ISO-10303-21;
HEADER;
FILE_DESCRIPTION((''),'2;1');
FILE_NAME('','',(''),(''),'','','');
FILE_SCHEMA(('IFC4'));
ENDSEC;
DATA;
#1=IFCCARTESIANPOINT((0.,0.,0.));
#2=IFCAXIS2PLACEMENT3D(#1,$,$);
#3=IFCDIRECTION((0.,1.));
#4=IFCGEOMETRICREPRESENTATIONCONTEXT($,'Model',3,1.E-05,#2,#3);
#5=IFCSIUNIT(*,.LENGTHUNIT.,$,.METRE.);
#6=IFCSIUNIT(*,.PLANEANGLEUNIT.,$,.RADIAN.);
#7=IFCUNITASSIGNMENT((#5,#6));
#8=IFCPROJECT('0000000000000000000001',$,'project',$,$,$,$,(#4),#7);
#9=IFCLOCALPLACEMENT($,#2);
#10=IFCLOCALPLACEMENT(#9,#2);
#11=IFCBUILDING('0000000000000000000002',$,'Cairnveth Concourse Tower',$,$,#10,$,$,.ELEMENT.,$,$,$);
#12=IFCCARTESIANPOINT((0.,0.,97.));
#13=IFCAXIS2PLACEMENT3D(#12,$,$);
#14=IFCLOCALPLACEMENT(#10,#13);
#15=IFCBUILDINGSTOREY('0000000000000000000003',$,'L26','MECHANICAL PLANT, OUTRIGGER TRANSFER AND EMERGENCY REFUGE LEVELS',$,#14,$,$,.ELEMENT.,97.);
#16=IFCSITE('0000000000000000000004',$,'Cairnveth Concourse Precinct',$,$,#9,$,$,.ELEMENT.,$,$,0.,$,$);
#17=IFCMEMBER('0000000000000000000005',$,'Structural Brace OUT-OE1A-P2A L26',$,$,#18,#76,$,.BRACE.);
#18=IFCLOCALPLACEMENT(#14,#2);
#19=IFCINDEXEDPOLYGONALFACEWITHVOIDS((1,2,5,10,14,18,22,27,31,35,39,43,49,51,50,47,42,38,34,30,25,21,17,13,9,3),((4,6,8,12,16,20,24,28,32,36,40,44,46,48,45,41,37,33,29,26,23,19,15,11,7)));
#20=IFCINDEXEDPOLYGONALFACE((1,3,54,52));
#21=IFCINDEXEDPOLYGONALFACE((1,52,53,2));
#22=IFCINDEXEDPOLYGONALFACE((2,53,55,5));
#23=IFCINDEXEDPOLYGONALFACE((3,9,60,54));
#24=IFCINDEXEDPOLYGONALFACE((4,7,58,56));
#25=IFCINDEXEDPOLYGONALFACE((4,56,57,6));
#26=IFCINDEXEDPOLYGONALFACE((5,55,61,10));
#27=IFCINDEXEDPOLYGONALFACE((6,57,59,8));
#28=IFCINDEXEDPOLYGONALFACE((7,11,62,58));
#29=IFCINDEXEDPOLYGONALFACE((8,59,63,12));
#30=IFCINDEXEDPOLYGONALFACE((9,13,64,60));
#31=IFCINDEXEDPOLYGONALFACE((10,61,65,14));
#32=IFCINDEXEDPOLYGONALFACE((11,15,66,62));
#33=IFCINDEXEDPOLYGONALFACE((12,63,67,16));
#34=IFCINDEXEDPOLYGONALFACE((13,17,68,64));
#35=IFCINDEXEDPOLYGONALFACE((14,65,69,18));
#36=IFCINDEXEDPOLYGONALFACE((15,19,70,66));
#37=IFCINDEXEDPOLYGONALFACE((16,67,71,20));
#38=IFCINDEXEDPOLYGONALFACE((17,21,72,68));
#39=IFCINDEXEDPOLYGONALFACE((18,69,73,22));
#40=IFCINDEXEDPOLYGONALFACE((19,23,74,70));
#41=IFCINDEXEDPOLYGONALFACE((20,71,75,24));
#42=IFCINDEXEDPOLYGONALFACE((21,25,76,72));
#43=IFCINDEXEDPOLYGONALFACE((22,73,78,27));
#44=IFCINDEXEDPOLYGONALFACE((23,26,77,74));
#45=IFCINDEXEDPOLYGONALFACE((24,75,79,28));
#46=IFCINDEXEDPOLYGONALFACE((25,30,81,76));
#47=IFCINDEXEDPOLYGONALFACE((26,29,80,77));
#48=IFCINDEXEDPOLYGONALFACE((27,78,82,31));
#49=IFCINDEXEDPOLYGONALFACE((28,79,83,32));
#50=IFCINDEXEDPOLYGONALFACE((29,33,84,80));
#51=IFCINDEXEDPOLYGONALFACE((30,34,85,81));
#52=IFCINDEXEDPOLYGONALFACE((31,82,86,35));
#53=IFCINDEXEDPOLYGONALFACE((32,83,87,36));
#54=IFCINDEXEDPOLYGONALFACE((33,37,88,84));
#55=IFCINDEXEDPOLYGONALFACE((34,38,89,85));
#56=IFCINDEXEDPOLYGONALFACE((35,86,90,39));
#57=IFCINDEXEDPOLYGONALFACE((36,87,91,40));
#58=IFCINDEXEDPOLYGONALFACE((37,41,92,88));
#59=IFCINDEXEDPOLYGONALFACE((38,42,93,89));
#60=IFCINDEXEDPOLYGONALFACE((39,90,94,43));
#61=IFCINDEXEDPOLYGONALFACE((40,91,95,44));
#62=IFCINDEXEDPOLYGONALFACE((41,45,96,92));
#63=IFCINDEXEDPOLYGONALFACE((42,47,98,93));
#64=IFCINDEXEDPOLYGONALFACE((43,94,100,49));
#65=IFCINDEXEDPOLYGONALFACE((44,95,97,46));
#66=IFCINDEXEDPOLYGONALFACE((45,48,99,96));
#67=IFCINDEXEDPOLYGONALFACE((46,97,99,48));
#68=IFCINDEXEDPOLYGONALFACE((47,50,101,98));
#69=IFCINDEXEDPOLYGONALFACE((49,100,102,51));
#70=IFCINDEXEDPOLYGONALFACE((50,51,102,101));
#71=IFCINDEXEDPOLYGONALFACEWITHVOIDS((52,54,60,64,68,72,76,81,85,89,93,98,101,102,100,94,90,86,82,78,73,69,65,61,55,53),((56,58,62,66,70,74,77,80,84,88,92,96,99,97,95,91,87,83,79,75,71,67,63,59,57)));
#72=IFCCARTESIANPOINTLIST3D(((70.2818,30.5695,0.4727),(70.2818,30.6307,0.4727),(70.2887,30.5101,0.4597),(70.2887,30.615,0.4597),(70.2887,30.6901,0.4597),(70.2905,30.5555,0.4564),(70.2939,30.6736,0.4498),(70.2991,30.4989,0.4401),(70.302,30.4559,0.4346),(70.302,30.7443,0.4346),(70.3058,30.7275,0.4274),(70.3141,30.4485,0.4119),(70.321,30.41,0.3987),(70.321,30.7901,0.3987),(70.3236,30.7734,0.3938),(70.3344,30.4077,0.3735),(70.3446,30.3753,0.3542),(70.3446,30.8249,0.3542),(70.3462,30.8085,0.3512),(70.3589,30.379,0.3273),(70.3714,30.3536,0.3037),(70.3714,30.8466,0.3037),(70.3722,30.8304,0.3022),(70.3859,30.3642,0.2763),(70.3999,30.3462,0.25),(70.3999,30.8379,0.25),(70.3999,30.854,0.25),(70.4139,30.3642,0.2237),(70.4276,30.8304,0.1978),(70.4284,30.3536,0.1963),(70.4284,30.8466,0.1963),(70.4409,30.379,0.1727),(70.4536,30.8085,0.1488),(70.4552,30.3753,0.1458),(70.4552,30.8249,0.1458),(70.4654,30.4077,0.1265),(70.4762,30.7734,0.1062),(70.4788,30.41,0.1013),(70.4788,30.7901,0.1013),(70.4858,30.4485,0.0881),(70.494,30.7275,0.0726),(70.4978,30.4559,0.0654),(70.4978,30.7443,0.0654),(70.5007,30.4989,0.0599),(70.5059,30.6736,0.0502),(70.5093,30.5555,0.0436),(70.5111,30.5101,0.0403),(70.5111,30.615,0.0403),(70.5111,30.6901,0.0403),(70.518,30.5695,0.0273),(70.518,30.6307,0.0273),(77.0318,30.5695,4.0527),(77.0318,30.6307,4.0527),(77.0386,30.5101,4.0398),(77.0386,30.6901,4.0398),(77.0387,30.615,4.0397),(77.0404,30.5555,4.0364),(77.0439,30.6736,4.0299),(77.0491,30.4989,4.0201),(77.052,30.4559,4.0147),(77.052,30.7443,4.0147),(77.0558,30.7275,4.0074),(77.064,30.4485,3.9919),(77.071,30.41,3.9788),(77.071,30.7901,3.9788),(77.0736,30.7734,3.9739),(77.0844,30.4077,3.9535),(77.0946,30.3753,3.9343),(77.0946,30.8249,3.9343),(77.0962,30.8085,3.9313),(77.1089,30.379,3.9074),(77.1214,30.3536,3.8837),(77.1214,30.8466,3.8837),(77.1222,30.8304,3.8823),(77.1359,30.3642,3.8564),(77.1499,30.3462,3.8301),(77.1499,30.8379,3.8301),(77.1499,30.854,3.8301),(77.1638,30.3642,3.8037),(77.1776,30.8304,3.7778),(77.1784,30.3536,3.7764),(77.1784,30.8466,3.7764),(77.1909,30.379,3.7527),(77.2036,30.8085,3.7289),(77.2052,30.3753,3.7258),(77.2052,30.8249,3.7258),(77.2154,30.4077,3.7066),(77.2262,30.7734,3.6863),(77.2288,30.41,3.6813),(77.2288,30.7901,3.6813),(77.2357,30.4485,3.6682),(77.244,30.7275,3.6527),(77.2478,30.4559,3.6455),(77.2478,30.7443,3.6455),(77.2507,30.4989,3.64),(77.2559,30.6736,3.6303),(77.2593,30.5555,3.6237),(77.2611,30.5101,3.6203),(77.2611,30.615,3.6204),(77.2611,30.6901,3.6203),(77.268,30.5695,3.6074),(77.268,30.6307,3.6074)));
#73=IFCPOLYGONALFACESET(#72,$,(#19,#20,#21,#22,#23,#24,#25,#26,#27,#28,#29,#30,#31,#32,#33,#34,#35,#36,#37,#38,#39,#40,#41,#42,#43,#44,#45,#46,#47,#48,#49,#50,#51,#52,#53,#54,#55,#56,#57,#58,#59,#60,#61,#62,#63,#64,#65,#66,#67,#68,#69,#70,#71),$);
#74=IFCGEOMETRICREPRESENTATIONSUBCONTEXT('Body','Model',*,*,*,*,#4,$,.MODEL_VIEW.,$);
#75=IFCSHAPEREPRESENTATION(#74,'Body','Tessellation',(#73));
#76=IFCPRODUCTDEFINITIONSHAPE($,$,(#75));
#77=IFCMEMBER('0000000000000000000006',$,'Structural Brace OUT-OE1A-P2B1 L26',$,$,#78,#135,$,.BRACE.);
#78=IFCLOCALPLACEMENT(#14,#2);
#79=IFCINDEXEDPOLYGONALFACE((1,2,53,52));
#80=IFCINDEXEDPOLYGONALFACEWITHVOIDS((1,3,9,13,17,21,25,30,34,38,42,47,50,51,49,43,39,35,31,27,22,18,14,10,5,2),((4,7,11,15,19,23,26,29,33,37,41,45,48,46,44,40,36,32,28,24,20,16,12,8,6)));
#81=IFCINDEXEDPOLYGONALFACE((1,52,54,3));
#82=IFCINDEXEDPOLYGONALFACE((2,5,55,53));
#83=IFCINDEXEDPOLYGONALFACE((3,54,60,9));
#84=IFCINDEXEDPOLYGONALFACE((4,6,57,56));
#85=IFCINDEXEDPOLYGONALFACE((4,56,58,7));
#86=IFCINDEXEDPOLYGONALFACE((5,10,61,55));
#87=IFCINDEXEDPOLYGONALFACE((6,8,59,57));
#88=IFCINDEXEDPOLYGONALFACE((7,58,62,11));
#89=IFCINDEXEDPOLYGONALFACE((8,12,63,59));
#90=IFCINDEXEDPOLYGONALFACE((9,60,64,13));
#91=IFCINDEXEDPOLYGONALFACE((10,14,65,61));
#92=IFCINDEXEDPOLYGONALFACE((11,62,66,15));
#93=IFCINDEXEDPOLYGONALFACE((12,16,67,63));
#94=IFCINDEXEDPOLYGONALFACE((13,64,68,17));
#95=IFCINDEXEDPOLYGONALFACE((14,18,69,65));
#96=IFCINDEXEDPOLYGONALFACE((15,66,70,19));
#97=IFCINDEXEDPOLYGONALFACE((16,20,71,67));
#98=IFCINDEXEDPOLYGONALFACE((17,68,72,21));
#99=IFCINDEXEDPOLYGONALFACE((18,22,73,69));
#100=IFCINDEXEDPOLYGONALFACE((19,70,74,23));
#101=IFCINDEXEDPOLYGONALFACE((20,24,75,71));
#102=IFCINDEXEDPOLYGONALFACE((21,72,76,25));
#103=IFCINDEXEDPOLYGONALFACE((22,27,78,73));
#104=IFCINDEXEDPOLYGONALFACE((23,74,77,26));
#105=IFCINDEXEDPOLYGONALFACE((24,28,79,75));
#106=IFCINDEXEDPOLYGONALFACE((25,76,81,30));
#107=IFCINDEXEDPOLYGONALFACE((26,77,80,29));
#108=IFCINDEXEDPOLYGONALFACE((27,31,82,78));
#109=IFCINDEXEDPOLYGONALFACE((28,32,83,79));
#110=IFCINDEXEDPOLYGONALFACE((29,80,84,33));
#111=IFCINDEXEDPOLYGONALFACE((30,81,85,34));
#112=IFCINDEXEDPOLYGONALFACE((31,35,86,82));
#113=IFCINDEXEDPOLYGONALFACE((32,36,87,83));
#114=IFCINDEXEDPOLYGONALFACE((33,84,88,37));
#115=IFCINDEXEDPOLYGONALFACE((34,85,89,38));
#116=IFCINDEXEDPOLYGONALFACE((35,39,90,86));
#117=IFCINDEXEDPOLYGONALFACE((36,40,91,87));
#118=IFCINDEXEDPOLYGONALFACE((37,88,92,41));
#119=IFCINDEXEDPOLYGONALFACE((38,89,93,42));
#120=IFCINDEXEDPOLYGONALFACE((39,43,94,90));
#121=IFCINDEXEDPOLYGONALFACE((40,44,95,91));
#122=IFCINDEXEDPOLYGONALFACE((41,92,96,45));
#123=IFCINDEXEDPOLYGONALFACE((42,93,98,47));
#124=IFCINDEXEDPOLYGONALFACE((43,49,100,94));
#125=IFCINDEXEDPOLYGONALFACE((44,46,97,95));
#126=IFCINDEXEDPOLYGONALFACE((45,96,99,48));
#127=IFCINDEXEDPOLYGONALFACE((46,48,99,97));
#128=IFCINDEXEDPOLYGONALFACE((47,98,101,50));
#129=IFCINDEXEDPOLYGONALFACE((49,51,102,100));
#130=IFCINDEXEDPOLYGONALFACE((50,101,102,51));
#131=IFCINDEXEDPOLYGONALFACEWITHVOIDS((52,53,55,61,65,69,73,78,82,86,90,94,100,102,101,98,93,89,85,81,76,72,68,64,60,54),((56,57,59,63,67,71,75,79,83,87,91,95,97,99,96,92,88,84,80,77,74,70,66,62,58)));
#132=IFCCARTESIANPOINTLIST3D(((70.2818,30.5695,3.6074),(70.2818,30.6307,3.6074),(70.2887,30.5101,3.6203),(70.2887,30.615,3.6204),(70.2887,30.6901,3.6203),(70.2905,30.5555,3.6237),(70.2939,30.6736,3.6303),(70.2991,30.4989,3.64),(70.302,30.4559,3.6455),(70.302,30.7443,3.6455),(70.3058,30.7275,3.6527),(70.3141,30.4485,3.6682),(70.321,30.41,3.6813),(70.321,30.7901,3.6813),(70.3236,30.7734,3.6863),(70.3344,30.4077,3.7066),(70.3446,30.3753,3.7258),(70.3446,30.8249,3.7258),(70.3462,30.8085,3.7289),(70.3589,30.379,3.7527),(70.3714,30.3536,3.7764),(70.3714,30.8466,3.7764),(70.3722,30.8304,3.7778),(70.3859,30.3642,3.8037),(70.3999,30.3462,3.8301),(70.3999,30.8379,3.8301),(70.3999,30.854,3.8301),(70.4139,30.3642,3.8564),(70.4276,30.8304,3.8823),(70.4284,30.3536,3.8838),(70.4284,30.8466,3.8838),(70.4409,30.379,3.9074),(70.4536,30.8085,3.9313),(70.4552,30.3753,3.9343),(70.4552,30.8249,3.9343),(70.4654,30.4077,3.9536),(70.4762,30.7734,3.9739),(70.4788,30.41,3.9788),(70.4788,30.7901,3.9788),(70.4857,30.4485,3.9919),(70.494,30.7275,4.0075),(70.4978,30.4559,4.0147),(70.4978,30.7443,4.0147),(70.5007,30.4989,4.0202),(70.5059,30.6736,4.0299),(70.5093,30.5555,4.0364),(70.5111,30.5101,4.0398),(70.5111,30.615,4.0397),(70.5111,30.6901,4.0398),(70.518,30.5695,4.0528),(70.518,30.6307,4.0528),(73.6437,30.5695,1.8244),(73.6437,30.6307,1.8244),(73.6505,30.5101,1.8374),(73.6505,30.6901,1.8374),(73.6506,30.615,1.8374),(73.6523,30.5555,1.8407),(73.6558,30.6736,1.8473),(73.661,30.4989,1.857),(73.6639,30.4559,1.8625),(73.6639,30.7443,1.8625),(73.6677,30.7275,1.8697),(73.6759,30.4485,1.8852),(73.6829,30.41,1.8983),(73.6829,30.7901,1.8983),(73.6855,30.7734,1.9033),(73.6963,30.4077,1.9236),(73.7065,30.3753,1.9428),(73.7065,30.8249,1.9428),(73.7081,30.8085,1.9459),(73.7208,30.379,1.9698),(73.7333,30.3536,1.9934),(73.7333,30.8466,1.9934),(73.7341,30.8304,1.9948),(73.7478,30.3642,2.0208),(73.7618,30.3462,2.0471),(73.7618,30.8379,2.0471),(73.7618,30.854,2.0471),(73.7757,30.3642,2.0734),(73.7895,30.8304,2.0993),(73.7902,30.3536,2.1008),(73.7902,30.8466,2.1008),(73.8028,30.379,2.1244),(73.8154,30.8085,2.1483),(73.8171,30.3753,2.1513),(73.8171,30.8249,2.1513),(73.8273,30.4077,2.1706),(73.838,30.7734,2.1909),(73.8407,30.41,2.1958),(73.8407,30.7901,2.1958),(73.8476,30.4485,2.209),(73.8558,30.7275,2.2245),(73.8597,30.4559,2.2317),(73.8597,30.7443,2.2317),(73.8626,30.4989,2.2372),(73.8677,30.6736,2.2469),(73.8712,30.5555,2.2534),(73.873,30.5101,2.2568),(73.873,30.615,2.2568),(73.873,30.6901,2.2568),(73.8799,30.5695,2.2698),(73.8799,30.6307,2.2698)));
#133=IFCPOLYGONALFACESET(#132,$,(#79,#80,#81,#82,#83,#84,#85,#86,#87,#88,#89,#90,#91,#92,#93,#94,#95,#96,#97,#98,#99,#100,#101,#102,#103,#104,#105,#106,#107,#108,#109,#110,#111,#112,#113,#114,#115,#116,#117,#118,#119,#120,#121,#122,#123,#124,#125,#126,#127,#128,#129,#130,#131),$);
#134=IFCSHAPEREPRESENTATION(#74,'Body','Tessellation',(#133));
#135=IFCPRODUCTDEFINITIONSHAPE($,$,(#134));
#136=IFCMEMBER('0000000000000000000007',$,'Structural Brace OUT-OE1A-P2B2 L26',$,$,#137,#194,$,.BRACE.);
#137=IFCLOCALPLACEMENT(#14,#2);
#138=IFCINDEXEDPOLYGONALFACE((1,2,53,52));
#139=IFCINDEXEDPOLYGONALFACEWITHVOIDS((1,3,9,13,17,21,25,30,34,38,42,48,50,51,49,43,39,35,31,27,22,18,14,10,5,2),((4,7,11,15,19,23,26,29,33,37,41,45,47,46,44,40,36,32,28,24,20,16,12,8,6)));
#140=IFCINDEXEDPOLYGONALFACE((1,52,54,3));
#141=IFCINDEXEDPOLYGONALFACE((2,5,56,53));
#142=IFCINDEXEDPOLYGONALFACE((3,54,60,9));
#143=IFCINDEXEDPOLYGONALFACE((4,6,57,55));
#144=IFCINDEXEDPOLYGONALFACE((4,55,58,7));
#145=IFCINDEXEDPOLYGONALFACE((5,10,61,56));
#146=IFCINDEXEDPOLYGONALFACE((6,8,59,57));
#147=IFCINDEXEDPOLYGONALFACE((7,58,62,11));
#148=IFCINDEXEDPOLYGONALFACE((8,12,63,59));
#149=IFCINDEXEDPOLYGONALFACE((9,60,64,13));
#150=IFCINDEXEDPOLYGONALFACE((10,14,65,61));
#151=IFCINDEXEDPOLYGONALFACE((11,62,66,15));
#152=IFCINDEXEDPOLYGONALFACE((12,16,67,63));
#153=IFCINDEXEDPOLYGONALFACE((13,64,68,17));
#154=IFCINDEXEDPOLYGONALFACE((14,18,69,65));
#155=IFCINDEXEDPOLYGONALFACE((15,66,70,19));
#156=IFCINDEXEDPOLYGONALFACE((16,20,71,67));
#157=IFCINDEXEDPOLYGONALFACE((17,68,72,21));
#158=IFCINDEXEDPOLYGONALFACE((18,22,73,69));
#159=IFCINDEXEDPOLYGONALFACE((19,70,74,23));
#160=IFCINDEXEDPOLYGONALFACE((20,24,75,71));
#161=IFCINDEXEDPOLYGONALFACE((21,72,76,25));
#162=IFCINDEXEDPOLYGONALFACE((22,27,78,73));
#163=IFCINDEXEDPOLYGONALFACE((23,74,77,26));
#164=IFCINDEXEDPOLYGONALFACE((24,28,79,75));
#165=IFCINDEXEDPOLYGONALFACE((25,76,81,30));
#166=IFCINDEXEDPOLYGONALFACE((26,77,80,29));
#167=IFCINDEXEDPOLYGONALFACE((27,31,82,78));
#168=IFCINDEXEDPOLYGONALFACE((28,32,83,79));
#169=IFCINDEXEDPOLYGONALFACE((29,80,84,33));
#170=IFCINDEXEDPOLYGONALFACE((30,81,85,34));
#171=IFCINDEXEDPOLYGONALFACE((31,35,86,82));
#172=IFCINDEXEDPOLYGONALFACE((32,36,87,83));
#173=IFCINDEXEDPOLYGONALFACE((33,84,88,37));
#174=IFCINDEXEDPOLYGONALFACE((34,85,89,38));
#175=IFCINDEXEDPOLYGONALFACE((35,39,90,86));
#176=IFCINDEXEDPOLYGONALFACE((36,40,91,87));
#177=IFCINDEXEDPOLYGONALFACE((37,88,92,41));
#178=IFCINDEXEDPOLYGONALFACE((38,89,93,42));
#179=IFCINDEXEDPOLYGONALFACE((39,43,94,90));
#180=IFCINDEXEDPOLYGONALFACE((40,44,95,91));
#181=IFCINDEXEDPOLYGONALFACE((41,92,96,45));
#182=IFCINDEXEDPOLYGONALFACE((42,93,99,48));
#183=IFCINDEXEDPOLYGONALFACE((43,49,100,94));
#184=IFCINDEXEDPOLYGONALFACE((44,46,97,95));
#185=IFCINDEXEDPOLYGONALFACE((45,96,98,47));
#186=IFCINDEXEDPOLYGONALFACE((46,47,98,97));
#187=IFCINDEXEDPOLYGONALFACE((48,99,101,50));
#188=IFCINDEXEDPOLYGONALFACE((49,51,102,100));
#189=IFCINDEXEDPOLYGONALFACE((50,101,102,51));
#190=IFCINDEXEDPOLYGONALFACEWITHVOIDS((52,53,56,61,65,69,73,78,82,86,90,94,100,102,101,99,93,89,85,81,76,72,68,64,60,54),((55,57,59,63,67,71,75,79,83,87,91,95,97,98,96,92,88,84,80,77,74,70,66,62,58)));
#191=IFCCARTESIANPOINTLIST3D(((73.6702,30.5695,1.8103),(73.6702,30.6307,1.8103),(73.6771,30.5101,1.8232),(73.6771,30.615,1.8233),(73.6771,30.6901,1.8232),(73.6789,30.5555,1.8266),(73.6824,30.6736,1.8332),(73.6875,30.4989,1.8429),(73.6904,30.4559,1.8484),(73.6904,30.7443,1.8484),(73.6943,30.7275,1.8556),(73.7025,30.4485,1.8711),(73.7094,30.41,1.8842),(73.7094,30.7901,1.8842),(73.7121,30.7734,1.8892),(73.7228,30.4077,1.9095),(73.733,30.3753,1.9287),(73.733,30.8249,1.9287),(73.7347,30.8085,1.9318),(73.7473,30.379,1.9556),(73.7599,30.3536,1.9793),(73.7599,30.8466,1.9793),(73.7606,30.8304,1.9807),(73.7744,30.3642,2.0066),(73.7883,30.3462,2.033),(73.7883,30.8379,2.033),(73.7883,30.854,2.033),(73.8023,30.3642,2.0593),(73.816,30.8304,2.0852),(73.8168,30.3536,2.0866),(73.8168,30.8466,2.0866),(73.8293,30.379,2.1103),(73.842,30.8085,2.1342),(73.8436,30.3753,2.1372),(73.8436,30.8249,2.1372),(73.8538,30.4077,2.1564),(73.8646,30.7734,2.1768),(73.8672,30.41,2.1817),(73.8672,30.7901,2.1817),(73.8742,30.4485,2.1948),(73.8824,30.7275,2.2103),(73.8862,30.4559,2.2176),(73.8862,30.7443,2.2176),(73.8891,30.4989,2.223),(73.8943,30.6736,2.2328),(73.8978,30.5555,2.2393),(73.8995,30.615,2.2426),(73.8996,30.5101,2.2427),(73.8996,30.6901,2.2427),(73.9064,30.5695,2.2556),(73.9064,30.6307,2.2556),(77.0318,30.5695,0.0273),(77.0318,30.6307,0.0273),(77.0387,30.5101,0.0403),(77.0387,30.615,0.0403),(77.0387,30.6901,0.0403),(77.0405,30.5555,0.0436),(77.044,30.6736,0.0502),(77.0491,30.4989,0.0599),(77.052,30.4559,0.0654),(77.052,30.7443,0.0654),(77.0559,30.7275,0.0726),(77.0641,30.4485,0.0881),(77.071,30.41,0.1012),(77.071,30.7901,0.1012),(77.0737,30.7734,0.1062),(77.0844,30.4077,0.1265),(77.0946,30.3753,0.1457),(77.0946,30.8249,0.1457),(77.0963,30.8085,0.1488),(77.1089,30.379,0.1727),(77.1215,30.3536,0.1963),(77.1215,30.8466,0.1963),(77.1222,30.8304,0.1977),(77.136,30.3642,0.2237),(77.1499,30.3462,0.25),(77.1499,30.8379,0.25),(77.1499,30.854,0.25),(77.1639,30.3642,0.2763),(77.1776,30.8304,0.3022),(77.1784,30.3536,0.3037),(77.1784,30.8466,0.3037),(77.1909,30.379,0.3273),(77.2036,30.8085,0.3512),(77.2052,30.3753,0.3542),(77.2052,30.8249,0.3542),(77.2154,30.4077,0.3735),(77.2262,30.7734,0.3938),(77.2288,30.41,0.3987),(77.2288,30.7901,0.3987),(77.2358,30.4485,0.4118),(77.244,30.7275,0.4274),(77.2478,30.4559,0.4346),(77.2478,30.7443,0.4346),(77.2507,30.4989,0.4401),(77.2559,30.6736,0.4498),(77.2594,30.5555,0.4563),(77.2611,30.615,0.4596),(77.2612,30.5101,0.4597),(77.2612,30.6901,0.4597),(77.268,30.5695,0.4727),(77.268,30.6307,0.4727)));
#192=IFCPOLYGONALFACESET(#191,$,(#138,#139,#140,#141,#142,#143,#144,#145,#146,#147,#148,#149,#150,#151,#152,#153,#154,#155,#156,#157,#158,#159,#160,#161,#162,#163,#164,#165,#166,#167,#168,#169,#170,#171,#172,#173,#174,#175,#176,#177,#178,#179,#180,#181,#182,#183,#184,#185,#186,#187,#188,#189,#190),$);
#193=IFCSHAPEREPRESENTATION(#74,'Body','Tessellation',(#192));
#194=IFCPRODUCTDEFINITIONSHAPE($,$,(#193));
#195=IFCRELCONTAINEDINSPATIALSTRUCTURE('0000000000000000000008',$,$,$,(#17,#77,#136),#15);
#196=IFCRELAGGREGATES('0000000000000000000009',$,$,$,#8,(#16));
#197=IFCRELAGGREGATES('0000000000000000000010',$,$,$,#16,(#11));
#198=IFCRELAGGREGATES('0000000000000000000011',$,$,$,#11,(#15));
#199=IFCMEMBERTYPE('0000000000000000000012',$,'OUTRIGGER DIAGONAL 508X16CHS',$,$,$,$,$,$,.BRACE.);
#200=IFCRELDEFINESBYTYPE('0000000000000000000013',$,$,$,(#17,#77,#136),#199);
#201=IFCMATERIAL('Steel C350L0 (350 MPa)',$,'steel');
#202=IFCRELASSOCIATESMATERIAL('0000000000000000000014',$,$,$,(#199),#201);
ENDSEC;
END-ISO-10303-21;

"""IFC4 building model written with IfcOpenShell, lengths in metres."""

from ifc_helpers import new_model, si_unit, direction, frame, origin, origin_2d, place, context, subcontext, project, spatial, hollow_circle, extrude, material, material_profile, profile_set, type_object, element, save


model = new_model("IFC4")

# Units and contexts
model_context = context("Model", 3, precision=1e-05, world=origin(), true_north=direction((0.0, 1.0)))
body_context = subcontext(model_context, "Body", "Model", "MODEL_VIEW")
ifc_project = project(units=[si_unit("LENGTHUNIT", "METRE"), si_unit("PLANEANGLEUNIT", "RADIAN")], contexts=[model_context])

# Site, building, storey
site_placement = place(None, origin())
site = spatial("IfcSite", under=ifc_project, at=site_placement, Name="Cairnveth Concourse Precinct", CompositionType="ELEMENT", RefElevation=0.0)
building_placement = place(site_placement, origin())
building = spatial("IfcBuilding", under=site, at=building_placement, Name="Cairnveth Concourse Tower", CompositionType="ELEMENT")
storey_placement = place(building_placement, frame((0.0, 0.0, 97.0)))
storey = spatial("IfcBuildingStorey", under=building, at=storey_placement, Name="L26", Description="MECHANICAL PLANT, OUTRIGGER TRANSFER AND EMERGENCY REFUGE LEVELS", CompositionType="ELEMENT", Elevation=97.0)

# Shared definitions
ifc_material_1 = material(Name="Steel C350L0 (350 MPa)", Category="steel")

# Members
ifc_material_profile_1 = material_profile(ifc_material_1, hollow_circle(Radius=0.2539, WallThickness=0.0161, at=origin_2d()), Name="508.0x16.0CHS")
ifc_profile_set_1 = profile_set([ifc_material_profile_1], Name="Steel C350L0 (350 MPa)")
member_type_1 = type_object("IfcMemberType", Name="OUTRIGGER DIAGONAL 508X16CHS", PredefinedType="BRACE", material=ifc_profile_set_1)
member_1_placement = place(storey_placement, frame((70.3999, 30.6001, 0.25), z_axis=(0.883433, 0.0, 0.468557), x_axis=(0.0, 1.0, 0.0)))
element("IfcMember", 1, at=member_1_placement, inside=storey, type_object=member_type_1, Name="Structural Brace OUT-OE1A-P2A L26", PredefinedType="BRACE", context=body_context, shape_type="SweptSolid", body=[
    extrude(hollow_circle(Radius=0.2539, WallThickness=0.0161, at=origin_2d()), origin(), (0.0, 0.0, 1.0), 7.6406),
])
member_2_placement = place(storey_placement, frame((70.3999, 30.6001, 3.8301), z_axis=(0.883443, 0.0, -0.468539), x_axis=(0.0, 1.0, 0.0)))
element("IfcMember", 2, at=member_2_placement, inside=storey, type_object=member_type_1, Name="Structural Brace OUT-OE1A-P2B1 L26", PredefinedType="BRACE", context=body_context, shape_type="SweptSolid", body=[
    extrude(hollow_circle(Radius=0.2539, WallThickness=0.0161, at=origin_2d()), origin(), (0.0, 0.0, 1.0), 3.8054),
])
member_3_placement = place(storey_placement, frame((73.7883, 30.6001, 2.033), z_axis=(0.883429, 0.0, -0.468566), x_axis=(0.0, 1.0, 0.0)))
element("IfcMember", 3, at=member_3_placement, inside=storey, type_object=member_type_1, Name="Structural Brace OUT-OE1A-P2B2 L26", PredefinedType="BRACE", context=body_context, shape_type="SweptSolid", body=[
    extrude(hollow_circle(Radius=0.2539, WallThickness=0.0161, at=origin_2d()), origin(), (0.0, 0.0, 1.0), 3.8052),
])

save(model, "model.ifc")
